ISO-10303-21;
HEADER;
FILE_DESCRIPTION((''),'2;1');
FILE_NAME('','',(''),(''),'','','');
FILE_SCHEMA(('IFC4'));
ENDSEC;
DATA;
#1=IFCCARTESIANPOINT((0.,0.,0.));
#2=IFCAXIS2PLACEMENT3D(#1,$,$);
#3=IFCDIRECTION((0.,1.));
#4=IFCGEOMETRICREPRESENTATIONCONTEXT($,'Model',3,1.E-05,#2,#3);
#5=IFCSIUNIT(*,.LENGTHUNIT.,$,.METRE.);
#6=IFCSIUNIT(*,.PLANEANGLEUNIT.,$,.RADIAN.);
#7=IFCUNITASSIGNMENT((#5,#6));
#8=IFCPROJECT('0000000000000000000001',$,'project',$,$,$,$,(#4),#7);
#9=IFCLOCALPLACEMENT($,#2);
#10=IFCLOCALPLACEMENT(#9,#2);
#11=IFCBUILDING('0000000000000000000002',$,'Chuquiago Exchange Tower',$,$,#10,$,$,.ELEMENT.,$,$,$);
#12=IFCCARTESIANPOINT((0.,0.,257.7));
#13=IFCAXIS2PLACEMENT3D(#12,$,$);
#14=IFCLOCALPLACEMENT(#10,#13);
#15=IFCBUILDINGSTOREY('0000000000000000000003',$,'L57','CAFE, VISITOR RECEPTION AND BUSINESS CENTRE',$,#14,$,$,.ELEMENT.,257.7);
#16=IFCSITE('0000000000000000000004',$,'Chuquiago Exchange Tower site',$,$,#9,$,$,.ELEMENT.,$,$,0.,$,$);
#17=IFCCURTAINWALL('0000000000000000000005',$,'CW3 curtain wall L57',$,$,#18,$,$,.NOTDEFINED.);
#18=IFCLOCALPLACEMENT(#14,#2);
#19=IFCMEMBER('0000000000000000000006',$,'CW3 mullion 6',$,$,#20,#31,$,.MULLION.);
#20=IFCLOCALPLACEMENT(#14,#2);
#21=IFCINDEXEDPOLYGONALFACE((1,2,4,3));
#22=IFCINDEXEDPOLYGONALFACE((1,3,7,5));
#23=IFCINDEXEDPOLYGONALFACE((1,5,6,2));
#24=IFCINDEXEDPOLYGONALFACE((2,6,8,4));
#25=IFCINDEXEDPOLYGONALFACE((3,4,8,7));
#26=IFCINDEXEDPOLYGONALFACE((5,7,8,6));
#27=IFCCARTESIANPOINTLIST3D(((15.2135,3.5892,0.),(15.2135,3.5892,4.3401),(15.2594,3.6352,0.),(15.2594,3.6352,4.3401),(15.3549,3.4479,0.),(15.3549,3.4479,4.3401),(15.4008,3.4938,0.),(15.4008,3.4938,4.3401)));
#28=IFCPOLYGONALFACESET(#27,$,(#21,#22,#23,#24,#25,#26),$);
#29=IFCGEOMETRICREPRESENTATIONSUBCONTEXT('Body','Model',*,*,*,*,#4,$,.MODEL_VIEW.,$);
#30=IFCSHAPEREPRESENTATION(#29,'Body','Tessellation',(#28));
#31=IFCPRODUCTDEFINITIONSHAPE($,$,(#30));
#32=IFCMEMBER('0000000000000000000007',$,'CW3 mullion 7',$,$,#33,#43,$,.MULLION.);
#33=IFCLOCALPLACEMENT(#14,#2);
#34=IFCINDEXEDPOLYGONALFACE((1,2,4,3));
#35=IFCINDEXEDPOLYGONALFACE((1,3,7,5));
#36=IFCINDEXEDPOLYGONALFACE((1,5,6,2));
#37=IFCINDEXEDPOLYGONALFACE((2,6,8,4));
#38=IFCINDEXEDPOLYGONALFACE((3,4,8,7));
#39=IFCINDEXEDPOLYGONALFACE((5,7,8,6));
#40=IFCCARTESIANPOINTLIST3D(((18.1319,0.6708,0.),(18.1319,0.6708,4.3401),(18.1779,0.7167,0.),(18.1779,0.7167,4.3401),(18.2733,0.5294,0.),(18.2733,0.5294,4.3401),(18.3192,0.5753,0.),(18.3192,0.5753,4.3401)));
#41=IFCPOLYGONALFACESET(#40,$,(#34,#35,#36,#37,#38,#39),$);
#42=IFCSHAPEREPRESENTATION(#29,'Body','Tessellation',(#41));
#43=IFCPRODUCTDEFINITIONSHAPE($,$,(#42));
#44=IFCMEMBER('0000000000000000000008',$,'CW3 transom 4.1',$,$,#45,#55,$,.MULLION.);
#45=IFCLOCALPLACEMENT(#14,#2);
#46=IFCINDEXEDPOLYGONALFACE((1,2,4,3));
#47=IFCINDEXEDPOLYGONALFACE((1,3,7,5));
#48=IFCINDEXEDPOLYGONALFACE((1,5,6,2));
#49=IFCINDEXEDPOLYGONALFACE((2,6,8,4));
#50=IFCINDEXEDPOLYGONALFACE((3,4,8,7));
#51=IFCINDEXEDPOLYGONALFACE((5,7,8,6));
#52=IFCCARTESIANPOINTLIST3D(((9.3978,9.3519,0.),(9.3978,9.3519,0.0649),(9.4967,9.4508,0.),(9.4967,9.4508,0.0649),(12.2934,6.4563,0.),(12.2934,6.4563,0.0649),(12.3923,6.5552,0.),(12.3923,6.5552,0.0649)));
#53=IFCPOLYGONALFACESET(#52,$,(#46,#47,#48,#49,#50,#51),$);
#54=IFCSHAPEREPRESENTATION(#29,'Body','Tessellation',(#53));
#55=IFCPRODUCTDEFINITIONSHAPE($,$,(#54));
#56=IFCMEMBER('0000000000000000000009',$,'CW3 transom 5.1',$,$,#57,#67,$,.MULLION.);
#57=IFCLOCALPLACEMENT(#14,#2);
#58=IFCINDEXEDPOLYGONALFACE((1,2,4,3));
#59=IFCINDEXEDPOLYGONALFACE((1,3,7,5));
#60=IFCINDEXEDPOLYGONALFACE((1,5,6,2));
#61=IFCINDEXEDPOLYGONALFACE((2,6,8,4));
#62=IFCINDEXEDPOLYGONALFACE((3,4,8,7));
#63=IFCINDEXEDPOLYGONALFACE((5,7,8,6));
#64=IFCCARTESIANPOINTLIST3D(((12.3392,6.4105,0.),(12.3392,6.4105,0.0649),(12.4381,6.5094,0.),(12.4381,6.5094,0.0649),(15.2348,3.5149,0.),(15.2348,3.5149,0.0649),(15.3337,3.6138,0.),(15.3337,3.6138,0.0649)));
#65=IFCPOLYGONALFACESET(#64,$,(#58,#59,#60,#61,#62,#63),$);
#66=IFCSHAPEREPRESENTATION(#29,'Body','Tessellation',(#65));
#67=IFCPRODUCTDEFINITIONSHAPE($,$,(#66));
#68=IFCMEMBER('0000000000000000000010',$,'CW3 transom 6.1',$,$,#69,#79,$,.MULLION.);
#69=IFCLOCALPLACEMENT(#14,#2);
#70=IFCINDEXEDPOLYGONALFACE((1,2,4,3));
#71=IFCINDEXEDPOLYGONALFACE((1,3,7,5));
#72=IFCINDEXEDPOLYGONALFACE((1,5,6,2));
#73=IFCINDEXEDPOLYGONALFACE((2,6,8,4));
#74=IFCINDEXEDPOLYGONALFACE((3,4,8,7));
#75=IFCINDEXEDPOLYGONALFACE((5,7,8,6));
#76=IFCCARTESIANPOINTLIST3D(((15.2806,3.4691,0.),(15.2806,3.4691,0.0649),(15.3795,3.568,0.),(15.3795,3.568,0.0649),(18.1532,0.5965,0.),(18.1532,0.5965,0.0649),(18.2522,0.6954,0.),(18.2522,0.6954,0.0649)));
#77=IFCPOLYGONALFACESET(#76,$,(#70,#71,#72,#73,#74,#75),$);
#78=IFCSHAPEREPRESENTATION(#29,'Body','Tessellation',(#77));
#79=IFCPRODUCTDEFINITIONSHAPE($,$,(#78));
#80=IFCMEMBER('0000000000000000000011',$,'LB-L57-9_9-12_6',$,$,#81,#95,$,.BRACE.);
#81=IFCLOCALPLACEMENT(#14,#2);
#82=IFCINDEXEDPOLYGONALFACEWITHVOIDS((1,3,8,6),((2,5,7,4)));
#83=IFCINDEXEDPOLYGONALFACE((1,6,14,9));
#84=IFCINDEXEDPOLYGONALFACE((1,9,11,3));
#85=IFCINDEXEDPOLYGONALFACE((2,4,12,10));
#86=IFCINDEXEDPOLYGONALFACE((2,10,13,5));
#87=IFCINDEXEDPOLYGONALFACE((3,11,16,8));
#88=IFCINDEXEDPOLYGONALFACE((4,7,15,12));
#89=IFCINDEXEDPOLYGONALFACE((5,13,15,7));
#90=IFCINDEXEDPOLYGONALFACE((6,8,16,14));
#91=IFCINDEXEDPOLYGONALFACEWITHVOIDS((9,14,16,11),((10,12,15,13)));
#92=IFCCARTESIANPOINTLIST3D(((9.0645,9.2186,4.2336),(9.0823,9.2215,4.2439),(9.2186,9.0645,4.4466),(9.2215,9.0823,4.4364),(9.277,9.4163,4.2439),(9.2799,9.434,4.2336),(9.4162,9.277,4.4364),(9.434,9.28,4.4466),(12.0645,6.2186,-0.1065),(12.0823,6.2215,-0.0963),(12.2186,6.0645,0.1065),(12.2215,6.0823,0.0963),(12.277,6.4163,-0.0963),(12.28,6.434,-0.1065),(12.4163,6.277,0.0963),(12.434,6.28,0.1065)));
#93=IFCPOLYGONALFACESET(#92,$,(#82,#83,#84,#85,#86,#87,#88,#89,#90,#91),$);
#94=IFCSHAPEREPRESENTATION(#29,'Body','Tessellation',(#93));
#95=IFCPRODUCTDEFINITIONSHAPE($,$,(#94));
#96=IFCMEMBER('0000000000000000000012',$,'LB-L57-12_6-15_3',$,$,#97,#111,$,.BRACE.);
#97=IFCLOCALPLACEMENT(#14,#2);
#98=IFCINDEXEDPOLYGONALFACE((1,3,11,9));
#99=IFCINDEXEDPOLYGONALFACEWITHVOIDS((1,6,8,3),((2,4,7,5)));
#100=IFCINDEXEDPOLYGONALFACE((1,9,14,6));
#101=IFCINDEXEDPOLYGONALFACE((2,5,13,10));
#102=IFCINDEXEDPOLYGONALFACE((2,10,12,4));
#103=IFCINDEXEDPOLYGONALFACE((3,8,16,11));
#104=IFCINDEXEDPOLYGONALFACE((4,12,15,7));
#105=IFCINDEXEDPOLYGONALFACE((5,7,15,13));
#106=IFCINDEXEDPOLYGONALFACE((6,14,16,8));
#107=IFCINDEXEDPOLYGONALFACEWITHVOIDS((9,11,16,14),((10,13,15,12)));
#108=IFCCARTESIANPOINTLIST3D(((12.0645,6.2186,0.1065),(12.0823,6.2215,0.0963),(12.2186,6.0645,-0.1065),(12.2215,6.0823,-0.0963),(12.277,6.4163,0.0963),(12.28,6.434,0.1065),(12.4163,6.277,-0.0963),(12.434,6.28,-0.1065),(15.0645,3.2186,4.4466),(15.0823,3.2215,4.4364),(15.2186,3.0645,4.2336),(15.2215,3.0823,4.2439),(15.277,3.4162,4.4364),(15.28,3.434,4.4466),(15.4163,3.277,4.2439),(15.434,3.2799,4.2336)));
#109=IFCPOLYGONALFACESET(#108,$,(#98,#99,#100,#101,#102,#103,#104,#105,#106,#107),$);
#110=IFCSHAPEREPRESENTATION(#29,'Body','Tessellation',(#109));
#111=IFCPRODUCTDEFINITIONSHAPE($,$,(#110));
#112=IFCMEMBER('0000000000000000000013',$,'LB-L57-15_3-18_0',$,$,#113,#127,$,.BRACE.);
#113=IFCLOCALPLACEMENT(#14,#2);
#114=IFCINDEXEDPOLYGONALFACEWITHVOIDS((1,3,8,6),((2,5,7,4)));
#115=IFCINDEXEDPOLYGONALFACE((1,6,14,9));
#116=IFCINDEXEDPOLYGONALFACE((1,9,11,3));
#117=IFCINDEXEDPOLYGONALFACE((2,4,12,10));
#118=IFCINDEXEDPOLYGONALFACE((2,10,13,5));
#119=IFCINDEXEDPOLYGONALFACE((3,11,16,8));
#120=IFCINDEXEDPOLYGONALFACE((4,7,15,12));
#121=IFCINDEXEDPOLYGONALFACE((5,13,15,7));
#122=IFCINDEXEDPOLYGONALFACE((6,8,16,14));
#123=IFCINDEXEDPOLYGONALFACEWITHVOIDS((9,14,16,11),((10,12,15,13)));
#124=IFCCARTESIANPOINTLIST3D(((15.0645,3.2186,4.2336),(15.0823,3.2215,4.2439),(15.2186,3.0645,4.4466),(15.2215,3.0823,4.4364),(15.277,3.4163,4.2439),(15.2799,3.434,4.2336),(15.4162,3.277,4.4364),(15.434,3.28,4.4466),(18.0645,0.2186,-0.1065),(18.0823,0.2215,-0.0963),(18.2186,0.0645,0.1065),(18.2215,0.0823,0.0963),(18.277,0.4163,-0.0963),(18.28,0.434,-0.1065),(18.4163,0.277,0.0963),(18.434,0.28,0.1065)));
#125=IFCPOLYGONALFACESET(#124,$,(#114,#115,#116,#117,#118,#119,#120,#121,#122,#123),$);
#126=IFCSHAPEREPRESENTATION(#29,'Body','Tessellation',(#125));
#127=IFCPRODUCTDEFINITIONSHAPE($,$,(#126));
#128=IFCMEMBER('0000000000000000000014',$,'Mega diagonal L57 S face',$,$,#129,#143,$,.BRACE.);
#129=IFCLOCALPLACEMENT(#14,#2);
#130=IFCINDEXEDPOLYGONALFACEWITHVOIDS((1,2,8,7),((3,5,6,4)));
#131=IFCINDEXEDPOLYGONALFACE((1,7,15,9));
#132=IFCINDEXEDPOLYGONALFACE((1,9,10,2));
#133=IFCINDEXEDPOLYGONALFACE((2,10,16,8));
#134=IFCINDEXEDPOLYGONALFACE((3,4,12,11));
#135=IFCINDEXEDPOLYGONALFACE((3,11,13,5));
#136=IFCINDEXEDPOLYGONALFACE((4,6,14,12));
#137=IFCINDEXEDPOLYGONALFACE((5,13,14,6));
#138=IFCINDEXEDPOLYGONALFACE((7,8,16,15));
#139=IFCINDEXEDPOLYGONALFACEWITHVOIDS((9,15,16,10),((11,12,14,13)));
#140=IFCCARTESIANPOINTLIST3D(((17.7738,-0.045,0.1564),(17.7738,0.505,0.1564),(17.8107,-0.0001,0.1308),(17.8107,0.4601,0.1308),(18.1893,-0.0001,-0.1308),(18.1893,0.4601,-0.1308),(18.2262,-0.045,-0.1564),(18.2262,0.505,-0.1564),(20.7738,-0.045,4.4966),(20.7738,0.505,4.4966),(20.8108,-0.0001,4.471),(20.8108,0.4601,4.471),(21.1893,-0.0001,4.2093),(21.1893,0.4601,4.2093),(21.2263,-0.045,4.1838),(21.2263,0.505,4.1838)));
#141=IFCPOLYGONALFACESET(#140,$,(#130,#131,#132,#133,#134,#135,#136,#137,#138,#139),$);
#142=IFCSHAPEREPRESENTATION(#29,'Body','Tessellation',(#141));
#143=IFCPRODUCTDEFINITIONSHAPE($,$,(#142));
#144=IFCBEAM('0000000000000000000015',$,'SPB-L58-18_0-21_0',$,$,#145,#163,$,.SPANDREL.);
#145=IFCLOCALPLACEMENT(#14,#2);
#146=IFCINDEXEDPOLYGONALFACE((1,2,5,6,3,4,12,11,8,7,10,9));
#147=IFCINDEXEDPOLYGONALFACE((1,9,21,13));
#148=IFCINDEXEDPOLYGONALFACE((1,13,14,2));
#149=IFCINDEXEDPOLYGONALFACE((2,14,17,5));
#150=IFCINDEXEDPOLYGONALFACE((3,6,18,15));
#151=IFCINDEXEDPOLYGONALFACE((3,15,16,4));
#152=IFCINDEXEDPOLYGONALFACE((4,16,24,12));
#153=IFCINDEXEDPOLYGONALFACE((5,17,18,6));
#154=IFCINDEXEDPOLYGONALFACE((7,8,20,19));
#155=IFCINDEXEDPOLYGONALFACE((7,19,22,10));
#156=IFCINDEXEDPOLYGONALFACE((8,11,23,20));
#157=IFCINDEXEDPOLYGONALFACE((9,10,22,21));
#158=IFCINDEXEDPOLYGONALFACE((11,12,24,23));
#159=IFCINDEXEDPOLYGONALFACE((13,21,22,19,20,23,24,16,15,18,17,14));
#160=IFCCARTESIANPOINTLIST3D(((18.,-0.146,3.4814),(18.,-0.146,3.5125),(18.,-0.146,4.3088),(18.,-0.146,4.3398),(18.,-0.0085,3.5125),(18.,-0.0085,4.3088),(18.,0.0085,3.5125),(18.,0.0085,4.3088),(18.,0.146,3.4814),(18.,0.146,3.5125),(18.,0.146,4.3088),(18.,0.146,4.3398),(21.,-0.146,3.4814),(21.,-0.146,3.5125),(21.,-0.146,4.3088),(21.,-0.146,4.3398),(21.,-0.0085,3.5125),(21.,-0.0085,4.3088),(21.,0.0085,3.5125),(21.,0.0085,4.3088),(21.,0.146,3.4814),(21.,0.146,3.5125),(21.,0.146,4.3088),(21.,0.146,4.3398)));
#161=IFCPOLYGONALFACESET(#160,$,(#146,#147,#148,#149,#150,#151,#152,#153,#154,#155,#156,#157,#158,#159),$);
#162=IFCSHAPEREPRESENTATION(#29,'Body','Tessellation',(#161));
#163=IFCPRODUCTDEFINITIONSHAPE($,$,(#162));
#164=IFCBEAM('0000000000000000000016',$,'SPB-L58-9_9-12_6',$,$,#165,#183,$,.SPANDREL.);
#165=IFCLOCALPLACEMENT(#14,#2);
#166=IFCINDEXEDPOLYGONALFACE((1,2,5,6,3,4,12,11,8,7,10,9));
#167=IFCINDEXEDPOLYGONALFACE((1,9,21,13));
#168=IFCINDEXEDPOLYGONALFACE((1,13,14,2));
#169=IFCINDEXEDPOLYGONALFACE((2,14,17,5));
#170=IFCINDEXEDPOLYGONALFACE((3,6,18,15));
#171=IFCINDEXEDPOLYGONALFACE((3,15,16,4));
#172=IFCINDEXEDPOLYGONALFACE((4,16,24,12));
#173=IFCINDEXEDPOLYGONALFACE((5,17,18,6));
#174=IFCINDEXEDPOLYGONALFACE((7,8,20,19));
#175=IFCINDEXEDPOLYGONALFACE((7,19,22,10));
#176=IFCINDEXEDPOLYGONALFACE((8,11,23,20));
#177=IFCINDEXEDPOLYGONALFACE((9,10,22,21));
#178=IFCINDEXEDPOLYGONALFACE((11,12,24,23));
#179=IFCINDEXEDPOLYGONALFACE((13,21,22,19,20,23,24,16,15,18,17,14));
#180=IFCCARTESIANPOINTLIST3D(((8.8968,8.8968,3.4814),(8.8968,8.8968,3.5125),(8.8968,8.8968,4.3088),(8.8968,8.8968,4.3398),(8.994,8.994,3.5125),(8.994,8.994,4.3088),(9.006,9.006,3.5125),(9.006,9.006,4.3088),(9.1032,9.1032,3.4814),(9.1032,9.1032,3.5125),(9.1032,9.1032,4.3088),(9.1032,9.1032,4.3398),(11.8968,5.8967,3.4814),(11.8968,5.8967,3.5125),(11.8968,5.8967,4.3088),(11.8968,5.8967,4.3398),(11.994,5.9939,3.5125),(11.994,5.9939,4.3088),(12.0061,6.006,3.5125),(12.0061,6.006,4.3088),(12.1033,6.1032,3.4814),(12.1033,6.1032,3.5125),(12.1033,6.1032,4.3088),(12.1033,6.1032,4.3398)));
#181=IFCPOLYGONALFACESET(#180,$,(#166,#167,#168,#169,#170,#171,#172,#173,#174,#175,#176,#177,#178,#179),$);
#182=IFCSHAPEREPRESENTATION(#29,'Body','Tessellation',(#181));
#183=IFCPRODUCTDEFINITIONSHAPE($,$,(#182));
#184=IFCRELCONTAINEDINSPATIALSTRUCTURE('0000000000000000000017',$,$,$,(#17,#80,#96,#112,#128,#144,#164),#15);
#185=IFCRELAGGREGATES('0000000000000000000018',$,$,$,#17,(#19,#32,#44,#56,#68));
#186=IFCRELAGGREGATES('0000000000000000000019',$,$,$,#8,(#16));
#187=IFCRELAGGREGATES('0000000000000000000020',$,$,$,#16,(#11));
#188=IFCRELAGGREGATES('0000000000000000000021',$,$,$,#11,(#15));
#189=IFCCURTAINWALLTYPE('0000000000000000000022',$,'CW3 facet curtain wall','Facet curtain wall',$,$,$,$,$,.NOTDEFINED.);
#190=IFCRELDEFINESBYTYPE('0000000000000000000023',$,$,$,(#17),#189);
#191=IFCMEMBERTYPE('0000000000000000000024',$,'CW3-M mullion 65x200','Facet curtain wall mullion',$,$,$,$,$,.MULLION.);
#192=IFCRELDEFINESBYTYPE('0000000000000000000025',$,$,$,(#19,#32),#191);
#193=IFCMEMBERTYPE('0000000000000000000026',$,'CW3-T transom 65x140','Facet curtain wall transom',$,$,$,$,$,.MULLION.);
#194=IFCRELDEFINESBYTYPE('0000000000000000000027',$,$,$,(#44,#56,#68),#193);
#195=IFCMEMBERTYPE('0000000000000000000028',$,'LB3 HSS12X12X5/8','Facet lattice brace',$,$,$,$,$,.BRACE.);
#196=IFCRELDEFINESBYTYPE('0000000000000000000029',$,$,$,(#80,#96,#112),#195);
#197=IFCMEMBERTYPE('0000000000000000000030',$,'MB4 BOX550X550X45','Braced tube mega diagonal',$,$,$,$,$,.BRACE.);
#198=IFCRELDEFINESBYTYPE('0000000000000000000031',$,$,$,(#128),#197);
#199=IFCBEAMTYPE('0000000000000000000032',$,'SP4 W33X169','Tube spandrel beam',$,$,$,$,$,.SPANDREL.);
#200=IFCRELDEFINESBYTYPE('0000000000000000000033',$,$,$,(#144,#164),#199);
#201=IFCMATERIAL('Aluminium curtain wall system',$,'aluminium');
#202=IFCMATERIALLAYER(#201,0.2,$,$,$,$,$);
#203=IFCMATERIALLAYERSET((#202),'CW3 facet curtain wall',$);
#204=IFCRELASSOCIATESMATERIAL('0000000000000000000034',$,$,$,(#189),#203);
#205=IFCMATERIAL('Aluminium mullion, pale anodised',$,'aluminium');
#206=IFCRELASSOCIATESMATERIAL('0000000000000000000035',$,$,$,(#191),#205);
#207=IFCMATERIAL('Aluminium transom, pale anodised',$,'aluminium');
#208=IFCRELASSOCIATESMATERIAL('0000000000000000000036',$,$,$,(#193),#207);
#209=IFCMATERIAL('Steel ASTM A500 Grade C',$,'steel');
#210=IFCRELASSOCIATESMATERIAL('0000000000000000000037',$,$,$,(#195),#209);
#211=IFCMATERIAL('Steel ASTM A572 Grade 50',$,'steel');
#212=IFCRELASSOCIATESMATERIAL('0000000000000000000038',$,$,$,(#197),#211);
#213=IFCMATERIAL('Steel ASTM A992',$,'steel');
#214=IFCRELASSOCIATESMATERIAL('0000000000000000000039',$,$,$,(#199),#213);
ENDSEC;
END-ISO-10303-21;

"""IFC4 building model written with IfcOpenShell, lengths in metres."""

from ifc_helpers import new_model, si_unit, direction, frame, origin, origin_2d, place, context, subcontext, project, spatial, rectangle, hollow_rectangle, i_section, extrude, material, layer, layer_set, material_profile, profile_set, type_object, element, aggregate, save


model = new_model("IFC4")

# Units and contexts
model_context = context("Model", 3, precision=1e-05, world=origin(), true_north=direction((0.0, 1.0)))
body_context = subcontext(model_context, "Body", "Model", "MODEL_VIEW")
ifc_project = project(units=[si_unit("LENGTHUNIT", "METRE"), si_unit("PLANEANGLEUNIT", "RADIAN")], contexts=[model_context])

# Site, building, storey
site_placement = place(None, origin())
site = spatial("IfcSite", under=ifc_project, at=site_placement, Name="Chuquiago Exchange Tower site", CompositionType="ELEMENT", RefElevation=0.0)
building_placement = place(site_placement, origin())
building = spatial("IfcBuilding", under=site, at=building_placement, Name="Chuquiago Exchange Tower", CompositionType="ELEMENT")
storey_placement = place(building_placement, frame((0.0, 0.0, 257.7)))
storey = spatial("IfcBuildingStorey", under=building, at=storey_placement, Name="L57", Description="CAFE, VISITOR RECEPTION AND BUSINESS CENTRE", CompositionType="ELEMENT", Elevation=257.7)

# Curtain wall, members
ifc_material_1 = material(Name="Aluminium curtain wall system", Category="aluminium")
ifc_layer_1 = layer(ifc_material_1, 0.2)
ifc_layer_set_1 = layer_set([ifc_layer_1], Name="CW3 facet curtain wall")
curtain_wall_type_1 = type_object("IfcCurtainWallType", Name="CW3 facet curtain wall", Description="Facet curtain wall", PredefinedType="NOTDEFINED", material=ifc_layer_set_1)
curtain_wall_1_placement = place(storey_placement, origin())
curtain_wall_1 = element("IfcCurtainWall", 1, at=curtain_wall_1_placement, inside=storey, type_object=curtain_wall_type_1, Name="CW3 curtain wall L57", PredefinedType="NOTDEFINED")
ifc_material_2 = material(Name="Aluminium mullion, pale anodised", Category="aluminium")
ifc_material_profile_1 = material_profile(ifc_material_2, rectangle(XDim=0.0649, YDim=0.2, at=origin_2d()), Name="AL 65x200")
ifc_profile_set_1 = profile_set([ifc_material_profile_1], Name="Aluminium mullion, pale anodised")
member_type_1 = type_object("IfcMemberType", Name="CW3-M mullion 65x200", Description="Facet curtain wall mullion", PredefinedType="MULLION", material=ifc_profile_set_1)
member_1_placement = place(storey_placement, frame((15.3071, 3.5415, 0.0), z_axis=(0.0, 0.0, 1.0), x_axis=(0.707107, 0.707107, 0.0)))
member_1 = element("IfcMember", 2, at=member_1_placement, type_object=member_type_1, Name="CW3 mullion 6", PredefinedType="MULLION", context=body_context, shape_type="SweptSolid", body=[
    extrude(rectangle(XDim=0.0649, YDim=0.2, at=origin_2d()), origin(), (0.0, 0.0, 1.0), 4.3401),
])
member_2_placement = place(storey_placement, frame((18.2256, 0.623, 0.0), z_axis=(0.0, 0.0, 1.0), x_axis=(0.707107, 0.707107, 0.0)))
member_2 = element("IfcMember", 3, at=member_2_placement, type_object=member_type_1, Name="CW3 mullion 7", PredefinedType="MULLION", context=body_context, shape_type="SweptSolid", body=[
    extrude(rectangle(XDim=0.0649, YDim=0.2, at=origin_2d()), origin(), (0.0, 0.0, 1.0), 4.3401),
])
ifc_material_3 = material(Name="Aluminium transom, pale anodised", Category="aluminium")
ifc_material_profile_2 = material_profile(ifc_material_3, rectangle(XDim=0.1399, YDim=0.0649, at=origin_2d()), Name="AL 140x65")
ifc_profile_set_2 = profile_set([ifc_material_profile_2], Name="Aluminium transom, pale anodised")
member_type_2 = type_object("IfcMemberType", Name="CW3-T transom 65x140", Description="Facet curtain wall transom", PredefinedType="MULLION", material=ifc_profile_set_2)
member_3_placement = place(storey_placement, frame((9.4473, 9.4014, 0.0325), z_axis=(0.707107, -0.707107, 0.0), x_axis=(0.707107, 0.707107, 0.0)))
member_3 = element("IfcMember", 4, at=member_3_placement, type_object=member_type_2, Name="CW3 transom 4.1", PredefinedType="MULLION", context=body_context, shape_type="SweptSolid", body=[
    extrude(rectangle(XDim=0.1399, YDim=0.0649, at=origin_2d()), origin(), (0.0, 0.0, 1.0), 4.095),
])
member_4_placement = place(storey_placement, frame((12.3887, 6.46, 0.0325), z_axis=(0.707107, -0.707107, 0.0), x_axis=(0.707107, 0.707107, 0.0)))
member_4 = element("IfcMember", 5, at=member_4_placement, type_object=member_type_2, Name="CW3 transom 5.1", PredefinedType="MULLION", context=body_context, shape_type="SweptSolid", body=[
    extrude(rectangle(XDim=0.1399, YDim=0.0649, at=origin_2d()), origin(), (0.0, 0.0, 1.0), 4.095),
])
member_5_placement = place(storey_placement, frame((15.3301, 3.5186, 0.0325), z_axis=(0.707107, -0.707107, 0.0), x_axis=(0.707107, 0.707107, 0.0)))
member_5 = element("IfcMember", 6, at=member_5_placement, type_object=member_type_2, Name="CW3 transom 6.1", PredefinedType="MULLION", context=body_context, shape_type="SweptSolid", body=[
    extrude(rectangle(XDim=0.1399, YDim=0.0649, at=origin_2d()), origin(), (0.0, 0.0, 1.0), 4.0625),
])

# Members
ifc_material_4 = material(Name="Steel ASTM A500 Grade C", Category="steel")
ifc_material_profile_3 = material_profile(ifc_material_4, hollow_rectangle(XDim=0.3047, YDim=0.3047, WallThickness=0.0146, at=origin_2d()), Name="HSS12X12X5/8")
ifc_profile_set_3 = profile_set([ifc_material_profile_3], Name="Steel ASTM A500 Grade C")
member_type_3 = type_object("IfcMemberType", Name="LB3 HSS12X12X5/8", Description="Facet lattice brace", PredefinedType="BRACE", material=ifc_profile_set_3)
for number, where, z_axis, x_axis, name in (
    (7, (12.2493, 6.2493, 0.0), (-0.494291, 0.494291, 0.715089), (-0.707107, -0.707107, 0.0), "LB-L57-9_9-12_6"),
    (8, (12.2493, 6.2493, 0.0), (0.494291, -0.494291, 0.715089), (0.707107, 0.707107, 0.0), "LB-L57-12_6-15_3"),
    (9, (18.2493, 0.2493, 0.0), (-0.494291, 0.494291, 0.715089), (-0.707107, -0.707107, 0.0), "LB-L57-15_3-18_0"),
):
    element("IfcMember", number, at=place(storey_placement, frame(where, z_axis=z_axis, x_axis=x_axis)), inside=storey, type_object=member_type_3, Name=name, PredefinedType="BRACE", context=body_context, shape_type="SweptSolid", body=[
        extrude(hollow_rectangle(XDim=0.3047, YDim=0.3047, WallThickness=0.0146, at=origin_2d()), origin(), (0.0, 0.0, 1.0), 6.0693),
    ])
ifc_material_5 = material(Name="Steel ASTM A572 Grade 50", Category="steel")
ifc_material_profile_4 = material_profile(ifc_material_5, hollow_rectangle(XDim=0.55, YDim=0.55, WallThickness=0.0449, at=origin_2d()), Name="BOX550X550X45")
ifc_profile_set_4 = profile_set([ifc_material_profile_4], Name="Steel ASTM A572 Grade 50")
member_type_4 = type_object("IfcMemberType", Name="MB4 BOX550X550X45", Description="Braced tube mega diagonal", PredefinedType="BRACE", material=ifc_profile_set_4)
member_6_placement = place(storey_placement, frame((18.0, 0.23, 0.0), z_axis=(0.568611, 0.0, 0.822607), x_axis=(0.0, 1.0, 0.0)))
element("IfcMember", 10, at=member_6_placement, inside=storey, type_object=member_type_4, Name="Mega diagonal L57 S face", PredefinedType="BRACE", context=body_context, shape_type="SweptSolid", body=[
    extrude(hollow_rectangle(XDim=0.55, YDim=0.55, WallThickness=0.0449, at=origin_2d()), origin(), (0.0, 0.0, 1.0), 5.2761),
])

# Beams
ifc_material_6 = material(Name="Steel ASTM A992", Category="steel")
ifc_material_profile_5 = material_profile(ifc_material_6, i_section(OverallWidth=0.292, OverallDepth=0.8584, WebThickness=0.0171, FlangeThickness=0.031, at=origin_2d()), Name="W33X169")
ifc_profile_set_5 = profile_set([ifc_material_profile_5], Name="Steel ASTM A992")
beam_type_1 = type_object("IfcBeamType", Name="SP4 W33X169", Description="Tube spandrel beam", PredefinedType="SPANDREL", material=ifc_profile_set_5)
beam_1_placement = place(storey_placement, frame((18.0, 0.0, 3.9106), z_axis=(1.0, 0.0, 0.0), x_axis=(0.0, 1.0, 0.0)))
element("IfcBeam", 11, at=beam_1_placement, inside=storey, type_object=beam_type_1, Name="SPB-L58-18_0-21_0", PredefinedType="SPANDREL", context=body_context, shape_type="SweptSolid", body=[
    extrude(i_section(OverallWidth=0.292, OverallDepth=0.8584, WebThickness=0.0171, FlangeThickness=0.031, at=origin_2d()), origin(), (0.0, 0.0, 1.0), 3.0),
])
for number, where, z_axis, x_axis, name in (
    (12, (9.0, 9.0, 3.9106), (0.707107, -0.707107, 0.0), (0.707107, 0.707107, 0.0), "SPB-L58-9_9-12_6"),
):
    element("IfcBeam", number, at=place(storey_placement, frame(where, z_axis=z_axis, x_axis=x_axis)), inside=storey, type_object=beam_type_1, Name=name, PredefinedType="SPANDREL", context=body_context, shape_type="SweptSolid", body=[
        extrude(i_section(OverallWidth=0.292, OverallDepth=0.8584, WebThickness=0.0171, FlangeThickness=0.031, at=origin_2d()), origin(), (0.0, 0.0, 1.0), 4.2427),
    ])

aggregate(curtain_wall_1, [member_1, member_2, member_3, member_4, member_5])

save(model, "model.ifc")
